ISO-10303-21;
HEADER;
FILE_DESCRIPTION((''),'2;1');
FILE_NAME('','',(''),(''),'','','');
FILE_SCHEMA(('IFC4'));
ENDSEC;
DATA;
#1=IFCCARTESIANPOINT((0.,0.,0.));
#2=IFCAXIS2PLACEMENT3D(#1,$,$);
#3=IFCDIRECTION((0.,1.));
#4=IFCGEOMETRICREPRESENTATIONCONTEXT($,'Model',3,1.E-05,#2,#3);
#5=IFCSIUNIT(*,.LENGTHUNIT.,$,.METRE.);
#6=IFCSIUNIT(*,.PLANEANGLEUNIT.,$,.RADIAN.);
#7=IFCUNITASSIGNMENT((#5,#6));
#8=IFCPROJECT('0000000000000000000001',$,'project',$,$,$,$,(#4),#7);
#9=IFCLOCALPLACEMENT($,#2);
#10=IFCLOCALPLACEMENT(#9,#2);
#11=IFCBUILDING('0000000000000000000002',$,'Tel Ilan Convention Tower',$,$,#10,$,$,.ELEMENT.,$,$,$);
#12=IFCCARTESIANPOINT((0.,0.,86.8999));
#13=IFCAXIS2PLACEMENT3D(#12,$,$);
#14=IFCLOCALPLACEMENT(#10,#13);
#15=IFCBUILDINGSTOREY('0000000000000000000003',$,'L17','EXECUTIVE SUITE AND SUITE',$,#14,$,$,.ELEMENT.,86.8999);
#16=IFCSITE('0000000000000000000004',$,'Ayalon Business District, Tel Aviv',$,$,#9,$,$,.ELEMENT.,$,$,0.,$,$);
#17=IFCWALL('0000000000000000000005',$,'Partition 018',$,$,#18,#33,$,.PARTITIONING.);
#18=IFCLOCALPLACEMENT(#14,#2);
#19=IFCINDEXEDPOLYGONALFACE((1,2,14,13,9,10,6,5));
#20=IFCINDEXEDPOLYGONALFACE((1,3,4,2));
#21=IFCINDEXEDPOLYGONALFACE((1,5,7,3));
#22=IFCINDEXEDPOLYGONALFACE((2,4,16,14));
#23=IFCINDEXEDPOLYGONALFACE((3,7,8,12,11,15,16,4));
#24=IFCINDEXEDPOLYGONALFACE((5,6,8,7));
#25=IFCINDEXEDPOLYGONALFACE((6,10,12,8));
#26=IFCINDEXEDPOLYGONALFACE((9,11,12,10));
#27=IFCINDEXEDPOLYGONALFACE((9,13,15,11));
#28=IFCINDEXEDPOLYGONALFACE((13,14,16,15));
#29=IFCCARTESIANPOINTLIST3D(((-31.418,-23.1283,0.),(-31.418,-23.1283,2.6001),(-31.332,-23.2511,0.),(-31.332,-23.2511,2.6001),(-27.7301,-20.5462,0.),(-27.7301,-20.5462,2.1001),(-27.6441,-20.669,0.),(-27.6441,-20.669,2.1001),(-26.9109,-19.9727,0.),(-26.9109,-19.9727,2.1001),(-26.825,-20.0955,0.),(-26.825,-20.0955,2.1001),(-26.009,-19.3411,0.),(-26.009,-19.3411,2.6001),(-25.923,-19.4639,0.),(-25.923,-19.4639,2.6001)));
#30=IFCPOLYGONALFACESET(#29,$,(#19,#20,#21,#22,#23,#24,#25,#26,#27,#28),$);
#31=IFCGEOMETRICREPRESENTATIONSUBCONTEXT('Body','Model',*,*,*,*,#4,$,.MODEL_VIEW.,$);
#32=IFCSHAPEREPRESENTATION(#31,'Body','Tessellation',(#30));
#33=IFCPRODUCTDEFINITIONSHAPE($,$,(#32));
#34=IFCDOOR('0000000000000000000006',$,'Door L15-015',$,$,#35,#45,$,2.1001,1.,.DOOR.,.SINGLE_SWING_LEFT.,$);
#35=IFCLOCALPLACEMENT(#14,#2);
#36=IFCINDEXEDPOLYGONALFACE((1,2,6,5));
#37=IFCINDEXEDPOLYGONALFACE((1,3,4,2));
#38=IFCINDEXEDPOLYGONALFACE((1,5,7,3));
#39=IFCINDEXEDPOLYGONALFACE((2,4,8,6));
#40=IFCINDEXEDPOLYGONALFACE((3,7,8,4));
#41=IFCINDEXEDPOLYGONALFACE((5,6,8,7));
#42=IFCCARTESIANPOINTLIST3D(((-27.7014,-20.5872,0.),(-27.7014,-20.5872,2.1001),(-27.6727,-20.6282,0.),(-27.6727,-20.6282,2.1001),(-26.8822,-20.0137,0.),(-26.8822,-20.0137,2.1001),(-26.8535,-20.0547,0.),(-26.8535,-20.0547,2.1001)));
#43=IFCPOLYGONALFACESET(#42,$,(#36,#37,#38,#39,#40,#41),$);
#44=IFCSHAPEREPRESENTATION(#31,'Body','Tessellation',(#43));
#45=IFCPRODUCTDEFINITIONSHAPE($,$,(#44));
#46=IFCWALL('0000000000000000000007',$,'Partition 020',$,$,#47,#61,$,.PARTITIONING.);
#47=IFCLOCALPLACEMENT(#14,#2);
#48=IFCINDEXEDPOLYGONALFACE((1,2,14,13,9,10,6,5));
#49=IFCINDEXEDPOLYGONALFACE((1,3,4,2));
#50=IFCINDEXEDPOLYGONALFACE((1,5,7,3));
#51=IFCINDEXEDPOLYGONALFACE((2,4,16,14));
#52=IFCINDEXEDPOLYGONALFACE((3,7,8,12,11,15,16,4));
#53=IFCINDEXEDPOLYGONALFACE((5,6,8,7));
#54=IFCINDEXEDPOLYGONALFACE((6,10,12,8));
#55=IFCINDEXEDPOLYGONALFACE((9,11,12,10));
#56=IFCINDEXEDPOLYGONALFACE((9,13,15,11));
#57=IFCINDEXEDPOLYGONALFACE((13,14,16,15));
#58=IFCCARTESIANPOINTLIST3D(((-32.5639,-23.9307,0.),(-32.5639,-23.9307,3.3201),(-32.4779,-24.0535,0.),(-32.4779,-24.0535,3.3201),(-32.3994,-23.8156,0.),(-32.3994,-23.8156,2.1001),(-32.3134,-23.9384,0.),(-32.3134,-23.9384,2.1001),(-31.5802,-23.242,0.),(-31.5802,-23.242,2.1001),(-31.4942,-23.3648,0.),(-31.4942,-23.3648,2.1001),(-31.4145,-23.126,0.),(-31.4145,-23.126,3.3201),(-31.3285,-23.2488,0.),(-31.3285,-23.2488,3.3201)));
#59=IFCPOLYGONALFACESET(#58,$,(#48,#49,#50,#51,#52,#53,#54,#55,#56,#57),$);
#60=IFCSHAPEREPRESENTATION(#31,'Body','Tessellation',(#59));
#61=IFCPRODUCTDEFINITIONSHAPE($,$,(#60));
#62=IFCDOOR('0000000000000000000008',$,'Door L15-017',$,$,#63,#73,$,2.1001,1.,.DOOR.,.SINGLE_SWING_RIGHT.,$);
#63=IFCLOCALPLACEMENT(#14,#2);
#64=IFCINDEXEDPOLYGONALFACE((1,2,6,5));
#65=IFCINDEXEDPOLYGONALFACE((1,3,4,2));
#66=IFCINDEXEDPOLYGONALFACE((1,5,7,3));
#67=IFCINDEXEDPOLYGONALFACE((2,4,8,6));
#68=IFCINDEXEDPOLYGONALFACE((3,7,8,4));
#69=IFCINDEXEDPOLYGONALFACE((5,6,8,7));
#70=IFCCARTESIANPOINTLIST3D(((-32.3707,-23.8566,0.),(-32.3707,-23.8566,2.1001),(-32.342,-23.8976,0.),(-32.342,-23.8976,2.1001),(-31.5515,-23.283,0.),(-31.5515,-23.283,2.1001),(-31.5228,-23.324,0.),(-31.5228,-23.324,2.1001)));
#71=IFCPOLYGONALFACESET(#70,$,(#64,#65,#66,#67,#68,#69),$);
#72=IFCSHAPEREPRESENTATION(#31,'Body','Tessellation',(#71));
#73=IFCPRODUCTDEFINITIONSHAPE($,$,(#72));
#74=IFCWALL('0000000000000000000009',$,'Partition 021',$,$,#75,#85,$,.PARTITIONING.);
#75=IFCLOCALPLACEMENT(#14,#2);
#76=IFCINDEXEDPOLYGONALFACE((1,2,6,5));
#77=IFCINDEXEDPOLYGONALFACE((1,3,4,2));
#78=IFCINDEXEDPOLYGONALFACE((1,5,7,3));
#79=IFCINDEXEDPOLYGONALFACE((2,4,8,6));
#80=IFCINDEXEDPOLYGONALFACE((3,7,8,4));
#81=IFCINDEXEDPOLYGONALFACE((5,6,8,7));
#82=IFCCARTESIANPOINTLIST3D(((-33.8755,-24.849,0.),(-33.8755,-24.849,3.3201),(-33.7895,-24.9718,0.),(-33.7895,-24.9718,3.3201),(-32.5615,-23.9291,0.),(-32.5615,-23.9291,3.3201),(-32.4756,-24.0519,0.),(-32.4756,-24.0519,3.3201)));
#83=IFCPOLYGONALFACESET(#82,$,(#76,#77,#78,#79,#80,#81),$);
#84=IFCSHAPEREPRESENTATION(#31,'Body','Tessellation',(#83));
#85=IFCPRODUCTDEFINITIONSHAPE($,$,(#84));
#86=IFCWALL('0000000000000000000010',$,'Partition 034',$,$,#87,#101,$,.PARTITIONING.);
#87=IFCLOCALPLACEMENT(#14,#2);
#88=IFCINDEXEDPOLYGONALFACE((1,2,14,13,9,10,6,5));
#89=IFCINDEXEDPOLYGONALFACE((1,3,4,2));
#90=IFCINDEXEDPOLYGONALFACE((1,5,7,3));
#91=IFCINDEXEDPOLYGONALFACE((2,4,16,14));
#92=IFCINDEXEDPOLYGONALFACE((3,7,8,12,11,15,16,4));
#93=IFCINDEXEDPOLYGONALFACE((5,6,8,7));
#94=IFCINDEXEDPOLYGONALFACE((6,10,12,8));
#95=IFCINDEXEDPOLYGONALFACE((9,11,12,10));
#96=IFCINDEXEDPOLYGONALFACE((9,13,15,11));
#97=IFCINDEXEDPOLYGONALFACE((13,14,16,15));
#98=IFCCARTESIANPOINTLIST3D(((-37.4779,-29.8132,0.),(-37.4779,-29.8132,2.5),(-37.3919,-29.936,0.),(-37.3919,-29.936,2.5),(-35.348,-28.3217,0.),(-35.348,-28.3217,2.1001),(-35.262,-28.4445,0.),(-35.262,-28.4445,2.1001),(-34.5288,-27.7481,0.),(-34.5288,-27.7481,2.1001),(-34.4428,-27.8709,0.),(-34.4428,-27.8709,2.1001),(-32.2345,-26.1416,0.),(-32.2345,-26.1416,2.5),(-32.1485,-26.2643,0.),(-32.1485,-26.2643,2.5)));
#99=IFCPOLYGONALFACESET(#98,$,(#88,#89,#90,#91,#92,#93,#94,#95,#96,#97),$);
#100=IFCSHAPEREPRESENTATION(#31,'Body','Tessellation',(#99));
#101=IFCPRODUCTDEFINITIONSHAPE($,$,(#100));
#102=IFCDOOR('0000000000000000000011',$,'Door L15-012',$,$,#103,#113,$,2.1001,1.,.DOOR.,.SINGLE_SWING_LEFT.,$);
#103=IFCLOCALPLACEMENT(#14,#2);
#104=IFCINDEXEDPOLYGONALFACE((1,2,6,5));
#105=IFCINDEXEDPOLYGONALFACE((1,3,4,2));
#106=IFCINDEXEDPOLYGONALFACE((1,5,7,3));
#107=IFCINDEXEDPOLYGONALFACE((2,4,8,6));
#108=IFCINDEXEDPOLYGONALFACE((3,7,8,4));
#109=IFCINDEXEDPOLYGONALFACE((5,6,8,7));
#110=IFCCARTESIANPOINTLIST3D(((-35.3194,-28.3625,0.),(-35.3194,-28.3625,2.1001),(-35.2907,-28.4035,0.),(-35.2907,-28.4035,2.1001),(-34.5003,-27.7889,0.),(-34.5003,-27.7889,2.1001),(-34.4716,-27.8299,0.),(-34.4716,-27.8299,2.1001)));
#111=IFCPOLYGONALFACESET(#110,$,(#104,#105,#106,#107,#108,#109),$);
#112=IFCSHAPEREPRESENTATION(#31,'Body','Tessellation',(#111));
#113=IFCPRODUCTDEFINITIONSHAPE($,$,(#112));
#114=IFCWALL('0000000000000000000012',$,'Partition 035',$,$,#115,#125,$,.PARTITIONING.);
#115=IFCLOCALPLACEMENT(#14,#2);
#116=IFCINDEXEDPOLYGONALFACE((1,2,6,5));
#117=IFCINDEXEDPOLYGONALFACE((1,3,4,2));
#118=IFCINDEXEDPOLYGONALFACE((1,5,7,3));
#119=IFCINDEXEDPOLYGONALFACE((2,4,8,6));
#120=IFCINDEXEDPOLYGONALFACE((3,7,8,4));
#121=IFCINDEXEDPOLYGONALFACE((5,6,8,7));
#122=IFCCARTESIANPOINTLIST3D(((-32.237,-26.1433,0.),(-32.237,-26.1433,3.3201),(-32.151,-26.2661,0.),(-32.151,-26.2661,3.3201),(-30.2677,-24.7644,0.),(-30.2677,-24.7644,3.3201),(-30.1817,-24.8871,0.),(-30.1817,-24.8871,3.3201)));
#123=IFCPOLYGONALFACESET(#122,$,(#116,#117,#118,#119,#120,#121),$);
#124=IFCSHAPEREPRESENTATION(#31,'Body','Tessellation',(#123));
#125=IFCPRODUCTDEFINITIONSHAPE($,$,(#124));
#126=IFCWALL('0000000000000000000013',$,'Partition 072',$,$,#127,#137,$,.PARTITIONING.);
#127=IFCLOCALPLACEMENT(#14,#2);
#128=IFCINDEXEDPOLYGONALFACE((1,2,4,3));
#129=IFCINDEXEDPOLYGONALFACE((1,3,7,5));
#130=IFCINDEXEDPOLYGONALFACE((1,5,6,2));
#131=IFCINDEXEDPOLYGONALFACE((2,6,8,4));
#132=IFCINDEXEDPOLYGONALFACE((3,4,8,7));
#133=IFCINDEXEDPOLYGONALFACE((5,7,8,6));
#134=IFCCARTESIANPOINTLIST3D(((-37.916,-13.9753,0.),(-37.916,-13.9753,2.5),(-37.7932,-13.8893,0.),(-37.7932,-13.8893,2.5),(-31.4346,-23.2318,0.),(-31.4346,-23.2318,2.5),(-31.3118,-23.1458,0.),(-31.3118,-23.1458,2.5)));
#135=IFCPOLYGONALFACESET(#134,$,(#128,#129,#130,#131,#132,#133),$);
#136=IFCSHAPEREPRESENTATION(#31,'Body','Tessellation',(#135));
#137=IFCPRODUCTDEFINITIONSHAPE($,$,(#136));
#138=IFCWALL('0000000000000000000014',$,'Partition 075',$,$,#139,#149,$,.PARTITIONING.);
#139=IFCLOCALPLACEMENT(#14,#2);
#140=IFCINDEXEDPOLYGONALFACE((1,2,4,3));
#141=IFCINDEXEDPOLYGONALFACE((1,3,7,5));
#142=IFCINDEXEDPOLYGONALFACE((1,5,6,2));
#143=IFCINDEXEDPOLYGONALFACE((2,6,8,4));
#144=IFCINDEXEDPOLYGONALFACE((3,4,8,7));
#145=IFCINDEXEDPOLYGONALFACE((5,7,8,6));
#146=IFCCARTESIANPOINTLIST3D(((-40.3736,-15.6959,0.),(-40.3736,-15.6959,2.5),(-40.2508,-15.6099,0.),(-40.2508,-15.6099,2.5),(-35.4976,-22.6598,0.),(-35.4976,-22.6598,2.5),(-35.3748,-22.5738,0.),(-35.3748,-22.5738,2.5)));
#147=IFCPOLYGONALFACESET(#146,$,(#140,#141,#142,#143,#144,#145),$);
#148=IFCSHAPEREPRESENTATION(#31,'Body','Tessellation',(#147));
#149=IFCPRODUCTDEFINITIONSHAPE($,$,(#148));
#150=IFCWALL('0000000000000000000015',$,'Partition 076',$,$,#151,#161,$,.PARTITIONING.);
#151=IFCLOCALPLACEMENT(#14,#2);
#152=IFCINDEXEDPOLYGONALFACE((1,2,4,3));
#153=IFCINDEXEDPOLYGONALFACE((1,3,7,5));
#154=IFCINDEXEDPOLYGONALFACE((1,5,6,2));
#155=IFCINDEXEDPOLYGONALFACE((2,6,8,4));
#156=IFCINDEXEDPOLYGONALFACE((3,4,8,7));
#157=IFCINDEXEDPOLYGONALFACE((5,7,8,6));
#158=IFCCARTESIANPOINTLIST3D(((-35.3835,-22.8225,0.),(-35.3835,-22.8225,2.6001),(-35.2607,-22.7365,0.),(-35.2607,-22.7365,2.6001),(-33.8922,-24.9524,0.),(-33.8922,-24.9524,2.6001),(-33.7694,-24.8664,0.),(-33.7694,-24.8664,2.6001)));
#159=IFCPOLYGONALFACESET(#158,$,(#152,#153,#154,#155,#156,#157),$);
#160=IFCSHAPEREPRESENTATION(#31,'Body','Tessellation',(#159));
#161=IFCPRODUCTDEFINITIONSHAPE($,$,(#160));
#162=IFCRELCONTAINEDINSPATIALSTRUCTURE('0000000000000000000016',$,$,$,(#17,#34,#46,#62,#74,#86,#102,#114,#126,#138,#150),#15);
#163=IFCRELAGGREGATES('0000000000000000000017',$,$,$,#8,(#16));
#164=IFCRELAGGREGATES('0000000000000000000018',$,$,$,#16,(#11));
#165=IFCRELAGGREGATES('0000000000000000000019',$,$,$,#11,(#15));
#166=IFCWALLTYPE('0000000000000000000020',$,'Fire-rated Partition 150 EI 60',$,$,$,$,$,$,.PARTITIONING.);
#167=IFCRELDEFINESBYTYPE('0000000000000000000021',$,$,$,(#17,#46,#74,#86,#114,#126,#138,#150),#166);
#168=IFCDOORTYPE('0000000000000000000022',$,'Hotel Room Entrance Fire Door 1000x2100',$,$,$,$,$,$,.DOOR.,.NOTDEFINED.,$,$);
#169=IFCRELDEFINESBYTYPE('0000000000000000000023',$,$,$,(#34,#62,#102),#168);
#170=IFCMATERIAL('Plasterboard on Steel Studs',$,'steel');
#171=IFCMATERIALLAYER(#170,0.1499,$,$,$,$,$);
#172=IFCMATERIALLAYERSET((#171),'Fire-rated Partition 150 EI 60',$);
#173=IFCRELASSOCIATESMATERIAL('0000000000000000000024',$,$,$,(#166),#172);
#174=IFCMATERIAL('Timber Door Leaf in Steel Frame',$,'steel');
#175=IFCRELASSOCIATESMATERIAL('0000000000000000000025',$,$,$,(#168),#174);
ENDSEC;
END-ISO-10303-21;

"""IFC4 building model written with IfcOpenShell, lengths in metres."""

from ifc_helpers import new_model, si_unit, direction, frame, frame_2d, origin, place, context, subcontext, project, spatial, rectangle, extrude, material, layer, layer_set, type_object, element, fill, save


model = new_model("IFC4")

# Units and contexts
model_context = context("Model", 3, precision=1e-05, world=origin(), true_north=direction((0.0, 1.0)))
body_context = subcontext(model_context, "Body", "Model", "MODEL_VIEW")
ifc_project = project(units=[si_unit("LENGTHUNIT", "METRE"), si_unit("PLANEANGLEUNIT", "RADIAN")], contexts=[model_context])

# Site, building, storey
site_placement = place(None, origin())
site = spatial("IfcSite", under=ifc_project, at=site_placement, Name="Ayalon Business District, Tel Aviv", CompositionType="ELEMENT", RefElevation=0.0)
building_placement = place(site_placement, origin())
building = spatial("IfcBuilding", under=site, at=building_placement, Name="Tel Ilan Convention Tower", CompositionType="ELEMENT")
storey_placement = place(building_placement, frame((0.0, 0.0, 86.8999)))
storey = spatial("IfcBuildingStorey", under=building, at=storey_placement, Name="L17", Description="EXECUTIVE SUITE AND SUITE", CompositionType="ELEMENT", Elevation=86.8999)

# Walls, openings, doors
ifc_material_1 = material(Name="Plasterboard on Steel Studs", Category="steel")
ifc_layer_1 = layer(ifc_material_1, 0.1499)
ifc_layer_set_1 = layer_set([ifc_layer_1], Name="Fire-rated Partition 150 EI 60")
wall_type_1 = type_object("IfcWallType", Name="Fire-rated Partition 150 EI 60", PredefinedType="PARTITIONING", material=ifc_layer_set_1)
wall_1_placement = place(storey_placement, frame((-31.375, -23.1897, 0.0), z_axis=(0.0, 0.0, 1.0), x_axis=(0.819171, 0.573549, 0.0)))
wall_1 = element("IfcWall", 1, at=wall_1_placement, inside=storey, type_object=wall_type_1, Name="Partition 018", PredefinedType="PARTITIONING", context=body_context, shape_type="SweptSolid", body=[
    extrude(rectangle(XDim=6.603, YDim=0.1499, at=frame_2d((3.3015, 0.0))), origin(), (0.0, 0.0, 1.0), 2.6001),
])
opening_1_placement = place(wall_1_placement, frame((4.502, 0.0, 0.0)))
opening_1 = element("IfcOpeningElement", 2, at=opening_1_placement, cuts=wall_1, PredefinedType="OPENING", context=body_context, shape_type="SweptSolid", body=[
    extrude(rectangle(XDim=1.0, YDim=2.1001, at=frame_2d((0.5, 1.05))), frame((0.0, 0.085, 0.0), z_axis=(0.0, -1.0, 0.0), x_axis=(1.0, 0.0, 0.0)), (0.0, 0.0, 1.0), 0.1699),
])
ifc_material_2 = material(Name="Timber Door Leaf in Steel Frame", Category="steel")
door_type_1 = type_object("IfcDoorType", Name="Hotel Room Entrance Fire Door 1000x2100", OperationType="NOTDEFINED", PredefinedType="DOOR", material=ifc_material_2)
door_1_placement = place(opening_1_placement, origin())
door_1 = element("IfcDoor", 3, at=door_1_placement, inside=storey, type_object=door_type_1, Name="Door L15-015", OperationType="SINGLE_SWING_LEFT", OverallHeight=2.1001, OverallWidth=1.0, PredefinedType="DOOR", context=body_context, shape_type="SweptSolid", body=[
    extrude(rectangle(XDim=1.0, YDim=2.1001, at=frame_2d((0.5, 1.05))), frame((0.0, 0.0249, 0.0), z_axis=(0.0, -1.0, 0.0), x_axis=(1.0, 0.0, 0.0)), (0.0, 0.0, 1.0), 0.05),
])
fill(opening_1, door_1)
wall_2_placement = place(storey_placement, frame((-32.521, -23.9922, 0.0), z_axis=(0.0, 0.0, 1.0), x_axis=(0.819199, 0.573509, 0.0)))
wall_2 = element("IfcWall", 4, at=wall_2_placement, inside=storey, type_object=wall_type_1, Name="Partition 020", PredefinedType="PARTITIONING", context=body_context, shape_type="SweptSolid", body=[
    extrude(rectangle(XDim=1.4031, YDim=0.1499, at=frame_2d((0.7017, 0.0))), origin(), (0.0, 0.0, 1.0), 3.3201),
])
opening_2_placement = place(wall_2_placement, frame((0.2009, 0.0, 0.0)))
opening_2 = element("IfcOpeningElement", 5, at=opening_2_placement, cuts=wall_2, PredefinedType="OPENING", context=body_context, shape_type="SweptSolid", body=[
    extrude(rectangle(XDim=1.0, YDim=2.1001, at=frame_2d((0.5, 1.05))), frame((0.0, 0.085, 0.0), z_axis=(0.0, -1.0, 0.0), x_axis=(1.0, 0.0, 0.0)), (0.0, 0.0, 1.0), 0.1699),
])
door_2_placement = place(opening_2_placement, origin())
door_2 = element("IfcDoor", 6, at=door_2_placement, inside=storey, type_object=door_type_1, Name="Door L15-017", OperationType="SINGLE_SWING_RIGHT", OverallHeight=2.1001, OverallWidth=1.0, PredefinedType="DOOR", context=body_context, shape_type="SweptSolid", body=[
    extrude(rectangle(XDim=1.0, YDim=2.1001, at=frame_2d((0.5, 1.05))), frame((0.0, 0.0249, 0.0), z_axis=(0.0, -1.0, 0.0), x_axis=(1.0, 0.0, 0.0)), (0.0, 0.0, 1.0), 0.05),
])
fill(opening_2, door_2)

# Wall
wall_3_placement = place(storey_placement, frame((-33.8325, -24.9104, 0.0), z_axis=(0.0, 0.0, 1.0), x_axis=(0.819189, 0.573524, 0.0)))
element("IfcWall", 7, at=wall_3_placement, inside=storey, type_object=wall_type_1, Name="Partition 021", PredefinedType="PARTITIONING", context=body_context, shape_type="SweptSolid", body=[
    extrude(rectangle(XDim=1.604, YDim=0.1499, at=frame_2d((0.802, 0.0))), origin(), (0.0, 0.0, 1.0), 3.3201),
])

# Wall, opening, door
wall_4_placement = place(storey_placement, frame((-32.1914, -26.2029, 0.0), z_axis=(0.0, 0.0, 1.0), x_axis=(-0.819141, -0.573593, 0.0)))
wall_4 = element("IfcWall", 8, at=wall_4_placement, inside=storey, type_object=wall_type_1, Name="Partition 034", PredefinedType="PARTITIONING", context=body_context, shape_type="SweptSolid", body=[
    extrude(rectangle(XDim=6.4011, YDim=0.1499, at=frame_2d((3.2007, 0.0))), origin(), (0.0, 0.0, 1.0), 2.5),
])
opening_3_placement = place(wall_4_placement, frame((2.801, 0.0, 0.0)))
opening_3 = element("IfcOpeningElement", 9, at=opening_3_placement, cuts=wall_4, PredefinedType="OPENING", context=body_context, shape_type="SweptSolid", body=[
    extrude(rectangle(XDim=1.0, YDim=2.1001, at=frame_2d((0.5, 1.05))), frame((0.0, 0.085, 0.0), z_axis=(0.0, -1.0, 0.0), x_axis=(1.0, 0.0, 0.0)), (0.0, 0.0, 1.0), 0.1699),
])
door_3_placement = place(opening_3_placement, origin())
door_3 = element("IfcDoor", 10, at=door_3_placement, inside=storey, type_object=door_type_1, Name="Door L15-012", OperationType="SINGLE_SWING_LEFT", OverallHeight=2.1001, OverallWidth=1.0, PredefinedType="DOOR", context=body_context, shape_type="SweptSolid", body=[
    extrude(rectangle(XDim=1.0, YDim=2.1001, at=frame_2d((0.5, 1.05))), frame((0.0, 0.0249, 0.0), z_axis=(0.0, -1.0, 0.0), x_axis=(1.0, 0.0, 0.0)), (0.0, 0.0, 1.0), 0.05),
])
fill(opening_3, door_3)

# Walls
wall_5_placement = place(storey_placement, frame((-30.2246, -24.8257, 0.0), z_axis=(0.0, 0.0, 1.0), x_axis=(-0.819146, -0.573585, 0.0)))
element("IfcWall", 11, at=wall_5_placement, inside=storey, type_object=wall_type_1, Name="Partition 035", PredefinedType="PARTITIONING", context=body_context, shape_type="SweptSolid", body=[
    extrude(rectangle(XDim=2.4041, YDim=0.1499, at=frame_2d((1.2021, 0.0))), origin(), (0.0, 0.0, 1.0), 3.3201),
])
wall_6_placement = place(storey_placement, frame((-31.3733, -23.1887, 0.0), z_axis=(0.0, 0.0, 1.0), x_axis=(-0.573571, 0.819156, 0.0)))
element("IfcWall", 12, at=wall_6_placement, inside=storey, type_object=wall_type_1, Name="Partition 072", PredefinedType="PARTITIONING", context=body_context, shape_type="SweptSolid", body=[
    extrude(rectangle(XDim=11.3, YDim=0.1499, at=frame_2d((5.6499, 0.0))), origin(), (0.0, 0.0, 1.0), 2.5),
])
wall_7_placement = place(storey_placement, frame((-35.4363, -22.6167, 0.0), z_axis=(0.0, 0.0, 1.0), x_axis=(-0.573563, 0.819162, 0.0)))
element("IfcWall", 13, at=wall_7_placement, inside=storey, type_object=wall_type_1, Name="Partition 075", PredefinedType="PARTITIONING", context=body_context, shape_type="SweptSolid", body=[
    extrude(rectangle(XDim=8.5012, YDim=0.1499, at=frame_2d((4.2505, 0.0))), origin(), (0.0, 0.0, 1.0), 2.5),
])
wall_8_placement = place(storey_placement, frame((-33.8308, -24.9094, 0.0), z_axis=(0.0, 0.0, 1.0), x_axis=(-0.573538, 0.819179, 0.0)))
element("IfcWall", 14, at=wall_8_placement, inside=storey, type_object=wall_type_1, Name="Partition 076", PredefinedType="PARTITIONING", context=body_context, shape_type="SweptSolid", body=[
    extrude(rectangle(XDim=2.6001, YDim=0.1499, at=frame_2d((1.3, 0.0))), origin(), (0.0, 0.0, 1.0), 2.6001),
])

save(model, "model.ifc")
